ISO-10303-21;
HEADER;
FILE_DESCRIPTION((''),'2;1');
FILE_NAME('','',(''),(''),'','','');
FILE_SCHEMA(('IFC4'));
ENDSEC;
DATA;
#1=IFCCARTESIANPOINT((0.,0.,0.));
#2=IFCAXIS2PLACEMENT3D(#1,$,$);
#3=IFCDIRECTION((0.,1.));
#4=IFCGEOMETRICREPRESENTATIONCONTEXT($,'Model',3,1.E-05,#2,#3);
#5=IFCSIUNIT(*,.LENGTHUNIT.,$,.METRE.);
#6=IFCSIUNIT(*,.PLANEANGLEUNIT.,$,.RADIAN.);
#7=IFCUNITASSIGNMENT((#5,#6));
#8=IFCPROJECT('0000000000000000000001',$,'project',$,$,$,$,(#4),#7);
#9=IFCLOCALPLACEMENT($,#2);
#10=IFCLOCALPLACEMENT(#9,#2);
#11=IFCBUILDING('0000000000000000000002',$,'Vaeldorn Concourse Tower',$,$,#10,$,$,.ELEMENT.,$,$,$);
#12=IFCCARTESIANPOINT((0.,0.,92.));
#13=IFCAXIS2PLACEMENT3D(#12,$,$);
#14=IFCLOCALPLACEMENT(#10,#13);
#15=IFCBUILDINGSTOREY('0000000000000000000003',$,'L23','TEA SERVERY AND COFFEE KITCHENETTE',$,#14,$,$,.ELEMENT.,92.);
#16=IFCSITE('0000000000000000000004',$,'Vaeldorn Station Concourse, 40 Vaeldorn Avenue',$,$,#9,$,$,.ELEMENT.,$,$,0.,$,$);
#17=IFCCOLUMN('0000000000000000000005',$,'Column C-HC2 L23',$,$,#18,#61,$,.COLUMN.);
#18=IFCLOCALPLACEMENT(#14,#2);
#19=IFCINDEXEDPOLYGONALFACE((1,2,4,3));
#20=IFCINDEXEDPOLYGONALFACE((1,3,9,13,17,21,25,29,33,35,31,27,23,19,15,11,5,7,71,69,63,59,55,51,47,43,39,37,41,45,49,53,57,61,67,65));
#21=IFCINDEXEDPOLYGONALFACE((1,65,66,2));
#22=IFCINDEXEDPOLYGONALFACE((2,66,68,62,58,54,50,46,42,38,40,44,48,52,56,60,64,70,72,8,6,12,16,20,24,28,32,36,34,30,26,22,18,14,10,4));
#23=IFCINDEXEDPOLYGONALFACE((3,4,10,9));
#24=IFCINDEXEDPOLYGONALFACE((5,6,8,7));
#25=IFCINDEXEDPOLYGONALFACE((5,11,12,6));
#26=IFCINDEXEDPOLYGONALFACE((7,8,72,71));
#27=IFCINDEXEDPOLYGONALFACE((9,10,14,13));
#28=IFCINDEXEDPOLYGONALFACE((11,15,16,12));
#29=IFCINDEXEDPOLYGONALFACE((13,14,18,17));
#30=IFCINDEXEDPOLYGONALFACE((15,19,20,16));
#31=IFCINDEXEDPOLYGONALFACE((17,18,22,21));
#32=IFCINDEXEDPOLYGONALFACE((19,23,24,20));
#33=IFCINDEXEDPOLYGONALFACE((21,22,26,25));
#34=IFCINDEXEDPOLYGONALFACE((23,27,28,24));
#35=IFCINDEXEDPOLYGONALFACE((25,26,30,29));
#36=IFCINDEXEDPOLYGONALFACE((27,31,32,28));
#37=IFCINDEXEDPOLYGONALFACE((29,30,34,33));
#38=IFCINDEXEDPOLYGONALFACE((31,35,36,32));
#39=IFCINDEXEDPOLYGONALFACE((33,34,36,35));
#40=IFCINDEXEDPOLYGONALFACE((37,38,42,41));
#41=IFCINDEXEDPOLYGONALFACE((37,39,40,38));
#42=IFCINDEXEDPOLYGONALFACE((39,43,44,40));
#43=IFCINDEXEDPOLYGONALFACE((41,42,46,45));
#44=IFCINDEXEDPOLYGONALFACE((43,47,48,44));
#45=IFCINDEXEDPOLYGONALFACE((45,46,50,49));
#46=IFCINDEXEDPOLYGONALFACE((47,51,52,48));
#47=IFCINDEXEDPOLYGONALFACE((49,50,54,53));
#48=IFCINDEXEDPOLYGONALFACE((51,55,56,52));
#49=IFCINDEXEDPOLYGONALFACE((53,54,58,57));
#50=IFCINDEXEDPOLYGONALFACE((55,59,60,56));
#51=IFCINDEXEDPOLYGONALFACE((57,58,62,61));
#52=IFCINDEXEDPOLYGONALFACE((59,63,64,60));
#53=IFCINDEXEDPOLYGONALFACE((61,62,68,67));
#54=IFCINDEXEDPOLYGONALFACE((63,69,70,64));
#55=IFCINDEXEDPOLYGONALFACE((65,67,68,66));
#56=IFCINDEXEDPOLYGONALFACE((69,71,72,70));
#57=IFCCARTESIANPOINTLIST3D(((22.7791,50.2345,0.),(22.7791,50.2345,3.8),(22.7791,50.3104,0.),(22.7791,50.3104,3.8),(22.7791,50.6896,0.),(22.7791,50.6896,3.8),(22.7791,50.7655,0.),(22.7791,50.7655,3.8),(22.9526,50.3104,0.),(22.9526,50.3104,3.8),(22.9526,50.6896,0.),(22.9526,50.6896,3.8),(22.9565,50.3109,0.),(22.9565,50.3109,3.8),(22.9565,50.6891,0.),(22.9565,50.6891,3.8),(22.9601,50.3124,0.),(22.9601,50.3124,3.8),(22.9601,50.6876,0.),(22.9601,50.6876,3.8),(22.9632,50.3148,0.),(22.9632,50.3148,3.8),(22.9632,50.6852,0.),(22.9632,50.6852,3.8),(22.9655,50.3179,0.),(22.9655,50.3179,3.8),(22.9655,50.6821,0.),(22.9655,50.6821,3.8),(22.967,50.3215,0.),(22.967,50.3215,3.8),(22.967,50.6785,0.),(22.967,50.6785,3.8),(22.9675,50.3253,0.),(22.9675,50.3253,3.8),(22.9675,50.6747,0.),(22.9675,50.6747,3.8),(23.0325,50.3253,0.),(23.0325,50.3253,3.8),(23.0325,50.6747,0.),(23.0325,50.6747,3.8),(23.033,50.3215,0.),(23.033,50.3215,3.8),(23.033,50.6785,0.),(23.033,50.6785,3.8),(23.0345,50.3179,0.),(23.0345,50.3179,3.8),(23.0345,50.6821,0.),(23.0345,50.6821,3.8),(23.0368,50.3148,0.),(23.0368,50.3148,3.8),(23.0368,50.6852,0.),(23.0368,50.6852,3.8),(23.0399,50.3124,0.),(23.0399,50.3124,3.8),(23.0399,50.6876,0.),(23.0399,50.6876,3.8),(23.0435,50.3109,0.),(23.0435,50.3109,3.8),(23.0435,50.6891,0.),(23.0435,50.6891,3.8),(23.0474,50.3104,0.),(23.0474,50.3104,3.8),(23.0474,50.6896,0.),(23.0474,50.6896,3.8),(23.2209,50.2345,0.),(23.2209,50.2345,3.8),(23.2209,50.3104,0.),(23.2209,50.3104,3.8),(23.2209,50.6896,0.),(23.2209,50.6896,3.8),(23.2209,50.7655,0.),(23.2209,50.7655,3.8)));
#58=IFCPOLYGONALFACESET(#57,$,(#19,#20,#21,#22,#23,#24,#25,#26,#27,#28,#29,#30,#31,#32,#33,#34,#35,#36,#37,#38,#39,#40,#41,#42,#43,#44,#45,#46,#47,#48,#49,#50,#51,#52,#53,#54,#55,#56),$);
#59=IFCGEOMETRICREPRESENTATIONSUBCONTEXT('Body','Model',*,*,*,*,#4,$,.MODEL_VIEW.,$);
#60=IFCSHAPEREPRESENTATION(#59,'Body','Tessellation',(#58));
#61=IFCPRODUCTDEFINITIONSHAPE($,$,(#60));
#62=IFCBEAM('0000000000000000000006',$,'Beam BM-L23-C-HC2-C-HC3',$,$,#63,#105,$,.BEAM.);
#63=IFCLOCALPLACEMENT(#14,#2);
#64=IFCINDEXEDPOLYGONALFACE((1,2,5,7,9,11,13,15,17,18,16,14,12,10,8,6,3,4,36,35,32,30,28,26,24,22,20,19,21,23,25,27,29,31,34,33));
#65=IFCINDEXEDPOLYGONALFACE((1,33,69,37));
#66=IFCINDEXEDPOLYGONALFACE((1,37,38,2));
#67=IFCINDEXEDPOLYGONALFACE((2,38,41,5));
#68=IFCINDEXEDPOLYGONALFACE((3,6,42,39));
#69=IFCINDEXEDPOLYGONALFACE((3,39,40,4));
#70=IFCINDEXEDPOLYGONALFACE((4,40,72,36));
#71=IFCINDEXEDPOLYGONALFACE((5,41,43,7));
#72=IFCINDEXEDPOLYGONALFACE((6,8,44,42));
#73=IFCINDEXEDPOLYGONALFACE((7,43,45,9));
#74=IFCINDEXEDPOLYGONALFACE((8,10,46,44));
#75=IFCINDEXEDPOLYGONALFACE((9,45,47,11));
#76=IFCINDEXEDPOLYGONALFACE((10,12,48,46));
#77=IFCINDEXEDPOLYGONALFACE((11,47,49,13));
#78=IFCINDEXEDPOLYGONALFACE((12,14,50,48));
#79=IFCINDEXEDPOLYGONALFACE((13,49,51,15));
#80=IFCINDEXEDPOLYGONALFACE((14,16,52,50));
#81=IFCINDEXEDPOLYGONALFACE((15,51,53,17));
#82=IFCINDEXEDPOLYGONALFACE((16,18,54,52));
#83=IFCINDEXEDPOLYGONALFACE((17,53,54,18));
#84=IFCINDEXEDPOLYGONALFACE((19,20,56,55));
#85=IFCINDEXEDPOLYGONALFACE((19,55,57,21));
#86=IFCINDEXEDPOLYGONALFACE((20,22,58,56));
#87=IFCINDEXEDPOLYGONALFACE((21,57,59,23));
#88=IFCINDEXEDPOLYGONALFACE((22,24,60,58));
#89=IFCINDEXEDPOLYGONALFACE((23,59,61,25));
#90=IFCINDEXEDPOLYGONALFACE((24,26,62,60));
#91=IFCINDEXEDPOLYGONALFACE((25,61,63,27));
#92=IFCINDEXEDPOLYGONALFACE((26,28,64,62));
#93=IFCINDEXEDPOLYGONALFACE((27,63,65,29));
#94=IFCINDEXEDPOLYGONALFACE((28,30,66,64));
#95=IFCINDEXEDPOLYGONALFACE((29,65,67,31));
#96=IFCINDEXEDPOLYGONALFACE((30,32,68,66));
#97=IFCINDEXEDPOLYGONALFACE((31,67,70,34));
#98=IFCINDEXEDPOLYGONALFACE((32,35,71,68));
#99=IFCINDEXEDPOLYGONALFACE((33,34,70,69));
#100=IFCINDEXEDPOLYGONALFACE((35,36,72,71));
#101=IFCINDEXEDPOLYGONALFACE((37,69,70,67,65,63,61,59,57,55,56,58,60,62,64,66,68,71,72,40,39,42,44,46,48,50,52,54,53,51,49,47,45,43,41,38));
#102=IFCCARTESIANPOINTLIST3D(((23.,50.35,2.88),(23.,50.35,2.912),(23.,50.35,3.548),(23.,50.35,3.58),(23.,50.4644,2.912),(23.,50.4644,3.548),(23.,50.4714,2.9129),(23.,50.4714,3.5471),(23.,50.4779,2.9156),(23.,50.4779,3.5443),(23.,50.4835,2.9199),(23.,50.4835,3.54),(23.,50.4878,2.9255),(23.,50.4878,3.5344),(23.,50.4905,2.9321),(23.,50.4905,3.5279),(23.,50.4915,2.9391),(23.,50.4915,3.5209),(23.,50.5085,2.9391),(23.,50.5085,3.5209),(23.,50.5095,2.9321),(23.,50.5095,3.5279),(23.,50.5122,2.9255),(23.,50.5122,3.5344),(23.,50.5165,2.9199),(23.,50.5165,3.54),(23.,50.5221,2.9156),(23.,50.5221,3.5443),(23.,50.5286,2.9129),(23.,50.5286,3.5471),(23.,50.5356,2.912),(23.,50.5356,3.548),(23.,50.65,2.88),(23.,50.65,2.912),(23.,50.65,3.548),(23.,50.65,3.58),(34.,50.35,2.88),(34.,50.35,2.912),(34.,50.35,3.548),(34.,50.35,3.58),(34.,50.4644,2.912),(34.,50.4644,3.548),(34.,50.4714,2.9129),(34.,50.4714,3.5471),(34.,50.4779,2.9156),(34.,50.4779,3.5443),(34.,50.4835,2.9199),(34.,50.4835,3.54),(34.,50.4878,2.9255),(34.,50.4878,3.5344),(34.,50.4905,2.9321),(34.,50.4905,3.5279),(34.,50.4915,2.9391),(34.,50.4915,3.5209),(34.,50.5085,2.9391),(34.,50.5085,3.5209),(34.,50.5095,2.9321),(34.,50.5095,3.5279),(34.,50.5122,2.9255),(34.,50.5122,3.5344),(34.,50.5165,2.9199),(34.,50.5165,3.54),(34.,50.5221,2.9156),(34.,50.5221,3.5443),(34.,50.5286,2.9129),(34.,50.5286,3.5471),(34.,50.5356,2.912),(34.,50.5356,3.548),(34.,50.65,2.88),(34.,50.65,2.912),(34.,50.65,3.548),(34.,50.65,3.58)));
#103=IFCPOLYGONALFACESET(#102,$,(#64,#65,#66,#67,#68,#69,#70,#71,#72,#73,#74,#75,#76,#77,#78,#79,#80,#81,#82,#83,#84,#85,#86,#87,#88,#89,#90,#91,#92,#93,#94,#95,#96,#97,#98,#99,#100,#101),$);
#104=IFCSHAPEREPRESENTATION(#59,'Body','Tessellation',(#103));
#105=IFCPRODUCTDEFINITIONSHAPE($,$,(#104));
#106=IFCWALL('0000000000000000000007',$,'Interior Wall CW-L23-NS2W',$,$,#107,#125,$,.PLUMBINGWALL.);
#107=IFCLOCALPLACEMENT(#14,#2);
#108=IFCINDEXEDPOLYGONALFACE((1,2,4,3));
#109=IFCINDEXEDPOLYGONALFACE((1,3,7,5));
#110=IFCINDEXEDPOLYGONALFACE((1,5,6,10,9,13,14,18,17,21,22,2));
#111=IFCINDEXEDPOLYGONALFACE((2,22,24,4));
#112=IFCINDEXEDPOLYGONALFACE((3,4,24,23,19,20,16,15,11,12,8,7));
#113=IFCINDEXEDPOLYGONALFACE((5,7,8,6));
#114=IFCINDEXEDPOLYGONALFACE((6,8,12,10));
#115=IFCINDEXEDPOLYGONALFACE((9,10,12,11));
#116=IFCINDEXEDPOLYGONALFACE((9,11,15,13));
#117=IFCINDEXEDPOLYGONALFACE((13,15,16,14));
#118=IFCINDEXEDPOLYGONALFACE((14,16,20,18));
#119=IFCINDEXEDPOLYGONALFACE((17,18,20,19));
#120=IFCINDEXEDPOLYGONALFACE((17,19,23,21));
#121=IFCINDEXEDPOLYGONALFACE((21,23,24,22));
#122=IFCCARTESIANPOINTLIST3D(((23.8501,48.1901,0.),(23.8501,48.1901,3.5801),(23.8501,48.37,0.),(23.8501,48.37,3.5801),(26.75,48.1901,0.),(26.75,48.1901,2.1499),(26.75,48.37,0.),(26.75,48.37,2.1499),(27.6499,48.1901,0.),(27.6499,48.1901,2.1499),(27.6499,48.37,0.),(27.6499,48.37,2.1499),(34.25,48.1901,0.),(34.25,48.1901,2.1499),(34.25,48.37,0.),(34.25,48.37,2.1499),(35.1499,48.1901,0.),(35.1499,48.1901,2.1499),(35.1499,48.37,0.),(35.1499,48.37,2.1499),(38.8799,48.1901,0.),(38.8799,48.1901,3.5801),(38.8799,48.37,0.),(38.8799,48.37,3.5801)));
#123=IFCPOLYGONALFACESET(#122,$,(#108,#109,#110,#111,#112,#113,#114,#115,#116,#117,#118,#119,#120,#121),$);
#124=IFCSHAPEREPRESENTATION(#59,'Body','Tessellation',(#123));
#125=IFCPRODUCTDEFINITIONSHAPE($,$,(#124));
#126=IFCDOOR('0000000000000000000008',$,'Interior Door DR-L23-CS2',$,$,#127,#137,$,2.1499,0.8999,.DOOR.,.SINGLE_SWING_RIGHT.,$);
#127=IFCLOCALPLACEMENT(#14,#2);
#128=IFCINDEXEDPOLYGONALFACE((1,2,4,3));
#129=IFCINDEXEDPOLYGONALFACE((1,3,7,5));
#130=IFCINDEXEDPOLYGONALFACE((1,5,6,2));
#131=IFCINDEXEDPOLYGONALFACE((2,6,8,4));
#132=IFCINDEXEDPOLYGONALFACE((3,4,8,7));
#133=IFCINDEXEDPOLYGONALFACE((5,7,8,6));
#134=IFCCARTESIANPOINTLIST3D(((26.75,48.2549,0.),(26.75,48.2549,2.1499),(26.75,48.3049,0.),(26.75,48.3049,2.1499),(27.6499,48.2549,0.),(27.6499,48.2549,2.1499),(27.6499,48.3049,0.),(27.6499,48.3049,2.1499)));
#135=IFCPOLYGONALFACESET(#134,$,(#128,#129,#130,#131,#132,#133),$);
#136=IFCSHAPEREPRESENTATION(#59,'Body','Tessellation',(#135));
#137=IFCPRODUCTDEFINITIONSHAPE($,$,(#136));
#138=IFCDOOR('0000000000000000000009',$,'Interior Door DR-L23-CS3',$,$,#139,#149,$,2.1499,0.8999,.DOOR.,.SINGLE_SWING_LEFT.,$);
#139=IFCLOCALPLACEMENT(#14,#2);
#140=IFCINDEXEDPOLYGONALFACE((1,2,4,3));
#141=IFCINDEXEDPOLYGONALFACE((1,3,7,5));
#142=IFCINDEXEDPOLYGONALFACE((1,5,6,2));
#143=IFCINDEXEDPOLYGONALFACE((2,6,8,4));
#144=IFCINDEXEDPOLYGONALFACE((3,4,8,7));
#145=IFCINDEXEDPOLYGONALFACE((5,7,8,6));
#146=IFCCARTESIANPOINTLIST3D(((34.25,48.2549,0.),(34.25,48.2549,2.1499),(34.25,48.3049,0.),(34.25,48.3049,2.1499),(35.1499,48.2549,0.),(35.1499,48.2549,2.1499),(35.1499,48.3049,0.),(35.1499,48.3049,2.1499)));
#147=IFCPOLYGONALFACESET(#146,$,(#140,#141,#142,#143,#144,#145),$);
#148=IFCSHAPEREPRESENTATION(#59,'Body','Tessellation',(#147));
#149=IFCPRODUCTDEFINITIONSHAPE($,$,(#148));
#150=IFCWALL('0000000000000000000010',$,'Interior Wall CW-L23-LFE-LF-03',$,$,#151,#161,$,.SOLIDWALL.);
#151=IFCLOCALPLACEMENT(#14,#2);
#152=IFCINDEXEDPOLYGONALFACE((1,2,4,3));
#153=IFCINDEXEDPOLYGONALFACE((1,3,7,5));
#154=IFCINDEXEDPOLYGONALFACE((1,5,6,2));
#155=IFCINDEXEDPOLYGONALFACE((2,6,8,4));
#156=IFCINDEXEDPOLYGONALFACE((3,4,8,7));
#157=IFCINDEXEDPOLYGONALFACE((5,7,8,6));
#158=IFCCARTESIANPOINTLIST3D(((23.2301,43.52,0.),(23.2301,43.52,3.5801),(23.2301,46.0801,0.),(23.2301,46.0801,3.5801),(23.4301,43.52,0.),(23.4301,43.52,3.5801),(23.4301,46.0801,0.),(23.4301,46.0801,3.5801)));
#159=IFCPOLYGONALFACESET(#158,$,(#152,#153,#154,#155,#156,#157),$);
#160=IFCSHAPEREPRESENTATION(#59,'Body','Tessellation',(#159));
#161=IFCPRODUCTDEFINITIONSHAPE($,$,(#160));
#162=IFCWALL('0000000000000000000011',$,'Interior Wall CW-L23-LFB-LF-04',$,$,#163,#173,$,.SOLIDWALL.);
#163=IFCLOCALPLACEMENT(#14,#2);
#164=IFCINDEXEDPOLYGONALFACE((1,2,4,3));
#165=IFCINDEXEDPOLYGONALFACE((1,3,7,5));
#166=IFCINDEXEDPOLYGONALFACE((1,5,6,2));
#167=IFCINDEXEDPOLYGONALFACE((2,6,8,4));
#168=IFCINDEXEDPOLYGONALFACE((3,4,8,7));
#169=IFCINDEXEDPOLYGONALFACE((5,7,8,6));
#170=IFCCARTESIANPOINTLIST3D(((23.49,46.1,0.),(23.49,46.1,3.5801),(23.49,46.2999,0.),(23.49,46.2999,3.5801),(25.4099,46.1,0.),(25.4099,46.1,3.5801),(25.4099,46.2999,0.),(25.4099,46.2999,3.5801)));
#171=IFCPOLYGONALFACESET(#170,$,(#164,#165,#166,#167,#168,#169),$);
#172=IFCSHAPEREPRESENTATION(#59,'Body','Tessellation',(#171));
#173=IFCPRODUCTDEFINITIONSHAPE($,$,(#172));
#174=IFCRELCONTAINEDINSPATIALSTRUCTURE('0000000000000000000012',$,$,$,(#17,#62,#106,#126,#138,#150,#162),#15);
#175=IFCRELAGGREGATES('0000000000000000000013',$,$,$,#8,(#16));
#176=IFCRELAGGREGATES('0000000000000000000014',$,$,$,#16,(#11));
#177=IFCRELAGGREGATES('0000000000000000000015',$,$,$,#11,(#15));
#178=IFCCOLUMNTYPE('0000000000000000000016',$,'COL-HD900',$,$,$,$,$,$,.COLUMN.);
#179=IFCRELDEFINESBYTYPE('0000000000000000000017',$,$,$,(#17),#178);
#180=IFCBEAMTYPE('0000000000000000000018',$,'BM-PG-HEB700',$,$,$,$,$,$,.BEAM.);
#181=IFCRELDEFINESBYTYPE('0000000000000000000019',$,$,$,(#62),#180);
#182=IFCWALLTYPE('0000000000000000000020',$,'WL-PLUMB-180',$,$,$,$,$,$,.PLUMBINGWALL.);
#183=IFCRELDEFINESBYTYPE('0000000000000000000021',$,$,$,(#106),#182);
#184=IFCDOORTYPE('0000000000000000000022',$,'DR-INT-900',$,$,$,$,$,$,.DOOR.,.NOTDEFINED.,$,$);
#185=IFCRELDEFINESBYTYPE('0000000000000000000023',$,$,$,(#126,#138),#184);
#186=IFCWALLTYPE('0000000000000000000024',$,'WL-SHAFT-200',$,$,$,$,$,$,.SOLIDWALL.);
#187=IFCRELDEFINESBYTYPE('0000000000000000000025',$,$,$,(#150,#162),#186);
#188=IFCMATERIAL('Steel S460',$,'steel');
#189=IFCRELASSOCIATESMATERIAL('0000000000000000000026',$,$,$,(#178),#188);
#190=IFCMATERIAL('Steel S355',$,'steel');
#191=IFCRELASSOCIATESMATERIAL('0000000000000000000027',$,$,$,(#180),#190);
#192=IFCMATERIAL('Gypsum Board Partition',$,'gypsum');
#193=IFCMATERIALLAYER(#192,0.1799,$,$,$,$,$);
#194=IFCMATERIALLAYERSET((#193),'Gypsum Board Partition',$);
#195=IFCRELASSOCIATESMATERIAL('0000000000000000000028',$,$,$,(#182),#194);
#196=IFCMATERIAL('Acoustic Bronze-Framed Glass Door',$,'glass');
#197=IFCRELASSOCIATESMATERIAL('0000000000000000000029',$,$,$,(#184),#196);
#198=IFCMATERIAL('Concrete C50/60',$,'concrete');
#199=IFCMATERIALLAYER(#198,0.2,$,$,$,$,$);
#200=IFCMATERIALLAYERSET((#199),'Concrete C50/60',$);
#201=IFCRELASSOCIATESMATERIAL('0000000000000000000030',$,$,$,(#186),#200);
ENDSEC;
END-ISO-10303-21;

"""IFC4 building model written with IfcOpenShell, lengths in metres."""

from ifc_helpers import new_model, si_unit, direction, frame, frame_2d, origin, origin_2d, place, context, subcontext, project, spatial, rectangle, i_section, extrude, source, transform, mapped, material, layer, layer_set, material_profile, profile_set, type_object, element, fill, save


model = new_model("IFC4")

# Units and contexts
model_context = context("Model", 3, precision=1e-05, world=origin(), true_north=direction((0.0, 1.0)))
body_context = subcontext(model_context, "Body", "Model", "MODEL_VIEW")
ifc_project = project(units=[si_unit("LENGTHUNIT", "METRE"), si_unit("PLANEANGLEUNIT", "RADIAN")], contexts=[model_context])

# Site, building, storey
site_placement = place(None, origin())
site = spatial("IfcSite", under=ifc_project, at=site_placement, Name="Vaeldorn Station Concourse, 40 Vaeldorn Avenue", CompositionType="ELEMENT", RefElevation=0.0)
building_placement = place(site_placement, origin())
building = spatial("IfcBuilding", under=site, at=building_placement, Name="Vaeldorn Concourse Tower", CompositionType="ELEMENT")
storey_placement = place(building_placement, frame((0.0, 0.0, 92.0)))
storey = spatial("IfcBuildingStorey", under=building, at=storey_placement, Name="L23", Description="TEA SERVERY AND COFFEE KITCHENETTE", CompositionType="ELEMENT", Elevation=92.0)

# Column
ifc_material_1 = material(Name="Steel S460", Category="steel")
ifc_material_profile_1 = material_profile(ifc_material_1, i_section(OverallWidth=0.4419, OverallDepth=0.531, WebThickness=0.0649, FlangeThickness=0.0759, FilletRadius=0.0149, at=origin_2d()), Name="HD 400x900")
ifc_profile_set_1 = profile_set([ifc_material_profile_1], Name="Steel S460")
column_type = type_object("IfcColumnType", Name="COL-HD900", PredefinedType="COLUMN", material=ifc_profile_set_1)
shared_shape_1 = source(origin(), body_context, "Body", "SweptSolid", [
    extrude(i_section(OverallWidth=0.4419, OverallDepth=0.531, WebThickness=0.0649, FlangeThickness=0.0759, FilletRadius=0.0149, at=origin_2d()), origin(), (0.0, 0.0, 1.0), 3.8),
])
column_placement = place(storey_placement, frame((23.0, 50.5, 0.0), z_axis=(0.0, 0.0, 1.0), x_axis=(1.0, 0.0, 0.0)))
element("IfcColumn", 1, at=column_placement, inside=storey, type_object=column_type, Name="Column C-HC2 L23", PredefinedType="COLUMN", context=body_context, shape_type="MappedRepresentation", body=[
    mapped(shared_shape_1, transform((0.0, 0.0, 0.0), scale=1.0)),
])

# Beam
ifc_material_2 = material(Name="Steel S355", Category="steel")
ifc_material_profile_2 = material_profile(ifc_material_2, i_section(OverallWidth=0.3, OverallDepth=0.7, WebThickness=0.0171, FlangeThickness=0.032, FilletRadius=0.0271, at=origin_2d()), Name="HEB 700")
ifc_profile_set_2 = profile_set([ifc_material_profile_2], Name="Steel S355")
beam_type = type_object("IfcBeamType", Name="BM-PG-HEB700", PredefinedType="BEAM", material=ifc_profile_set_2)
shared_shape_2 = source(origin(), body_context, "Body", "SweptSolid", [
    extrude(i_section(OverallWidth=0.3, OverallDepth=0.7, WebThickness=0.0171, FlangeThickness=0.032, FilletRadius=0.0271, at=origin_2d()), origin(), (0.0, 0.0, 1.0), 11.0),
])
beam_placement = place(storey_placement, frame((23.0, 50.5, 3.23), z_axis=(1.0, 0.0, 0.0), x_axis=(0.0, 1.0, 0.0)))
element("IfcBeam", 2, at=beam_placement, inside=storey, type_object=beam_type, Name="Beam BM-L23-C-HC2-C-HC3", PredefinedType="BEAM", context=body_context, shape_type="MappedRepresentation", body=[
    mapped(shared_shape_2, transform((0.0, 0.0, 0.0), scale=1.0)),
])

# Wall, openings, doors
ifc_material_3 = material(Name="Gypsum Board Partition", Category="gypsum")
ifc_layer_1 = layer(ifc_material_3, 0.1799)
ifc_layer_set_1 = layer_set([ifc_layer_1], Name="Gypsum Board Partition")
wall_type_1 = type_object("IfcWallType", Name="WL-PLUMB-180", PredefinedType="PLUMBINGWALL", material=ifc_layer_set_1)
wall_1_placement = place(storey_placement, frame((23.8501, 48.28, 0.0), z_axis=(0.0, 0.0, 1.0), x_axis=(1.0, 0.0, 0.0)))
wall_1 = element("IfcWall", 3, at=wall_1_placement, inside=storey, type_object=wall_type_1, Name="Interior Wall CW-L23-NS2W", PredefinedType="PLUMBINGWALL", context=body_context, shape_type="SweptSolid", body=[
    extrude(rectangle(XDim=15.0298, YDim=0.1799, at=frame_2d((7.5149, 0.0))), origin(), (0.0, 0.0, 1.0), 3.5801),
])
opening_1_placement = place(wall_1_placement, frame((2.8999, 0.0, 0.0)))
opening_1 = element("IfcOpeningElement", 4, at=opening_1_placement, cuts=wall_1, PredefinedType="OPENING", context=body_context, shape_type="SweptSolid", body=[
    extrude(rectangle(XDim=0.8999, YDim=2.1499, at=frame_2d((0.45, 1.075))), frame((0.0, 0.1001, 0.0), z_axis=(0.0, -1.0, 0.0), x_axis=(1.0, 0.0, 0.0)), (0.0, 0.0, 1.0), 0.2),
])
opening_2_placement = place(wall_1_placement, frame((10.3999, 0.0, 0.0)))
opening_2 = element("IfcOpeningElement", 5, at=opening_2_placement, cuts=wall_1, PredefinedType="OPENING", context=body_context, shape_type="SweptSolid", body=[
    extrude(rectangle(XDim=0.8999, YDim=2.1499, at=frame_2d((0.45, 1.075))), frame((0.0, 0.1001, 0.0), z_axis=(0.0, -1.0, 0.0), x_axis=(1.0, 0.0, 0.0)), (0.0, 0.0, 1.0), 0.2),
])
ifc_material_4 = material(Name="Acoustic Bronze-Framed Glass Door", Category="glass")
door_type_1 = type_object("IfcDoorType", Name="DR-INT-900", OperationType="NOTDEFINED", PredefinedType="DOOR", material=ifc_material_4)
shared_shape_3 = source(origin(), body_context, "Body", "SweptSolid", [
    extrude(rectangle(XDim=0.8999, YDim=2.1499, at=frame_2d((0.45, 1.075))), frame((0.0, 0.0249, 0.0), z_axis=(0.0, -1.0, 0.0), x_axis=(1.0, 0.0, 0.0)), (0.0, 0.0, 1.0), 0.05),
])
door_1_placement = place(opening_1_placement, origin())
door_1 = element("IfcDoor", 6, at=door_1_placement, inside=storey, type_object=door_type_1, Name="Interior Door DR-L23-CS2", OperationType="SINGLE_SWING_RIGHT", OverallHeight=2.1499, OverallWidth=0.8999, PredefinedType="DOOR", context=body_context, shape_type="MappedRepresentation", body=[
    mapped(shared_shape_3, transform((0.0, 0.0, 0.0), scale=1.0)),
])
fill(opening_1, door_1)
door_2_placement = place(opening_2_placement, origin())
door_2 = element("IfcDoor", 7, at=door_2_placement, inside=storey, type_object=door_type_1, Name="Interior Door DR-L23-CS3", OperationType="SINGLE_SWING_LEFT", OverallHeight=2.1499, OverallWidth=0.8999, PredefinedType="DOOR", context=body_context, shape_type="MappedRepresentation", body=[
    mapped(shared_shape_3, transform((0.0, 0.0, 0.0), scale=1.0)),
])
fill(opening_2, door_2)

# Wall
ifc_material_5 = material(Name="Concrete C50/60", Category="concrete")
ifc_layer_2 = layer(ifc_material_5, 0.2)
ifc_layer_set_2 = layer_set([ifc_layer_2], Name="Concrete C50/60")
wall_type_2 = type_object("IfcWallType", Name="WL-SHAFT-200", PredefinedType="SOLIDWALL", material=ifc_layer_set_2)
wall_2_placement = place(storey_placement, frame((23.3301, 43.52, 0.0), z_axis=(0.0, 0.0, 1.0), x_axis=(0.0, 1.0, 0.0)))
element("IfcWall", 8, at=wall_2_placement, inside=storey, type_object=wall_type_2, Name="Interior Wall CW-L23-LFE-LF-03", PredefinedType="SOLIDWALL", context=body_context, shape_type="SweptSolid", body=[
    extrude(rectangle(XDim=2.5601, YDim=0.2, at=frame_2d((1.28, 0.0))), origin(), (0.0, 0.0, 1.0), 3.5801),
])

# Wall
wall_3_placement = place(storey_placement, frame((23.49, 46.2, 0.0), z_axis=(0.0, 0.0, 1.0), x_axis=(1.0, 0.0, 0.0)))
element("IfcWall", 9, at=wall_3_placement, inside=storey, type_object=wall_type_2, Name="Interior Wall CW-L23-LFB-LF-04", PredefinedType="SOLIDWALL", context=body_context, shape_type="SweptSolid", body=[
    extrude(rectangle(XDim=1.9199, YDim=0.2, at=frame_2d((0.96, 0.0))), origin(), (0.0, 0.0, 1.0), 3.5801),
])

save(model, "model.ifc")
